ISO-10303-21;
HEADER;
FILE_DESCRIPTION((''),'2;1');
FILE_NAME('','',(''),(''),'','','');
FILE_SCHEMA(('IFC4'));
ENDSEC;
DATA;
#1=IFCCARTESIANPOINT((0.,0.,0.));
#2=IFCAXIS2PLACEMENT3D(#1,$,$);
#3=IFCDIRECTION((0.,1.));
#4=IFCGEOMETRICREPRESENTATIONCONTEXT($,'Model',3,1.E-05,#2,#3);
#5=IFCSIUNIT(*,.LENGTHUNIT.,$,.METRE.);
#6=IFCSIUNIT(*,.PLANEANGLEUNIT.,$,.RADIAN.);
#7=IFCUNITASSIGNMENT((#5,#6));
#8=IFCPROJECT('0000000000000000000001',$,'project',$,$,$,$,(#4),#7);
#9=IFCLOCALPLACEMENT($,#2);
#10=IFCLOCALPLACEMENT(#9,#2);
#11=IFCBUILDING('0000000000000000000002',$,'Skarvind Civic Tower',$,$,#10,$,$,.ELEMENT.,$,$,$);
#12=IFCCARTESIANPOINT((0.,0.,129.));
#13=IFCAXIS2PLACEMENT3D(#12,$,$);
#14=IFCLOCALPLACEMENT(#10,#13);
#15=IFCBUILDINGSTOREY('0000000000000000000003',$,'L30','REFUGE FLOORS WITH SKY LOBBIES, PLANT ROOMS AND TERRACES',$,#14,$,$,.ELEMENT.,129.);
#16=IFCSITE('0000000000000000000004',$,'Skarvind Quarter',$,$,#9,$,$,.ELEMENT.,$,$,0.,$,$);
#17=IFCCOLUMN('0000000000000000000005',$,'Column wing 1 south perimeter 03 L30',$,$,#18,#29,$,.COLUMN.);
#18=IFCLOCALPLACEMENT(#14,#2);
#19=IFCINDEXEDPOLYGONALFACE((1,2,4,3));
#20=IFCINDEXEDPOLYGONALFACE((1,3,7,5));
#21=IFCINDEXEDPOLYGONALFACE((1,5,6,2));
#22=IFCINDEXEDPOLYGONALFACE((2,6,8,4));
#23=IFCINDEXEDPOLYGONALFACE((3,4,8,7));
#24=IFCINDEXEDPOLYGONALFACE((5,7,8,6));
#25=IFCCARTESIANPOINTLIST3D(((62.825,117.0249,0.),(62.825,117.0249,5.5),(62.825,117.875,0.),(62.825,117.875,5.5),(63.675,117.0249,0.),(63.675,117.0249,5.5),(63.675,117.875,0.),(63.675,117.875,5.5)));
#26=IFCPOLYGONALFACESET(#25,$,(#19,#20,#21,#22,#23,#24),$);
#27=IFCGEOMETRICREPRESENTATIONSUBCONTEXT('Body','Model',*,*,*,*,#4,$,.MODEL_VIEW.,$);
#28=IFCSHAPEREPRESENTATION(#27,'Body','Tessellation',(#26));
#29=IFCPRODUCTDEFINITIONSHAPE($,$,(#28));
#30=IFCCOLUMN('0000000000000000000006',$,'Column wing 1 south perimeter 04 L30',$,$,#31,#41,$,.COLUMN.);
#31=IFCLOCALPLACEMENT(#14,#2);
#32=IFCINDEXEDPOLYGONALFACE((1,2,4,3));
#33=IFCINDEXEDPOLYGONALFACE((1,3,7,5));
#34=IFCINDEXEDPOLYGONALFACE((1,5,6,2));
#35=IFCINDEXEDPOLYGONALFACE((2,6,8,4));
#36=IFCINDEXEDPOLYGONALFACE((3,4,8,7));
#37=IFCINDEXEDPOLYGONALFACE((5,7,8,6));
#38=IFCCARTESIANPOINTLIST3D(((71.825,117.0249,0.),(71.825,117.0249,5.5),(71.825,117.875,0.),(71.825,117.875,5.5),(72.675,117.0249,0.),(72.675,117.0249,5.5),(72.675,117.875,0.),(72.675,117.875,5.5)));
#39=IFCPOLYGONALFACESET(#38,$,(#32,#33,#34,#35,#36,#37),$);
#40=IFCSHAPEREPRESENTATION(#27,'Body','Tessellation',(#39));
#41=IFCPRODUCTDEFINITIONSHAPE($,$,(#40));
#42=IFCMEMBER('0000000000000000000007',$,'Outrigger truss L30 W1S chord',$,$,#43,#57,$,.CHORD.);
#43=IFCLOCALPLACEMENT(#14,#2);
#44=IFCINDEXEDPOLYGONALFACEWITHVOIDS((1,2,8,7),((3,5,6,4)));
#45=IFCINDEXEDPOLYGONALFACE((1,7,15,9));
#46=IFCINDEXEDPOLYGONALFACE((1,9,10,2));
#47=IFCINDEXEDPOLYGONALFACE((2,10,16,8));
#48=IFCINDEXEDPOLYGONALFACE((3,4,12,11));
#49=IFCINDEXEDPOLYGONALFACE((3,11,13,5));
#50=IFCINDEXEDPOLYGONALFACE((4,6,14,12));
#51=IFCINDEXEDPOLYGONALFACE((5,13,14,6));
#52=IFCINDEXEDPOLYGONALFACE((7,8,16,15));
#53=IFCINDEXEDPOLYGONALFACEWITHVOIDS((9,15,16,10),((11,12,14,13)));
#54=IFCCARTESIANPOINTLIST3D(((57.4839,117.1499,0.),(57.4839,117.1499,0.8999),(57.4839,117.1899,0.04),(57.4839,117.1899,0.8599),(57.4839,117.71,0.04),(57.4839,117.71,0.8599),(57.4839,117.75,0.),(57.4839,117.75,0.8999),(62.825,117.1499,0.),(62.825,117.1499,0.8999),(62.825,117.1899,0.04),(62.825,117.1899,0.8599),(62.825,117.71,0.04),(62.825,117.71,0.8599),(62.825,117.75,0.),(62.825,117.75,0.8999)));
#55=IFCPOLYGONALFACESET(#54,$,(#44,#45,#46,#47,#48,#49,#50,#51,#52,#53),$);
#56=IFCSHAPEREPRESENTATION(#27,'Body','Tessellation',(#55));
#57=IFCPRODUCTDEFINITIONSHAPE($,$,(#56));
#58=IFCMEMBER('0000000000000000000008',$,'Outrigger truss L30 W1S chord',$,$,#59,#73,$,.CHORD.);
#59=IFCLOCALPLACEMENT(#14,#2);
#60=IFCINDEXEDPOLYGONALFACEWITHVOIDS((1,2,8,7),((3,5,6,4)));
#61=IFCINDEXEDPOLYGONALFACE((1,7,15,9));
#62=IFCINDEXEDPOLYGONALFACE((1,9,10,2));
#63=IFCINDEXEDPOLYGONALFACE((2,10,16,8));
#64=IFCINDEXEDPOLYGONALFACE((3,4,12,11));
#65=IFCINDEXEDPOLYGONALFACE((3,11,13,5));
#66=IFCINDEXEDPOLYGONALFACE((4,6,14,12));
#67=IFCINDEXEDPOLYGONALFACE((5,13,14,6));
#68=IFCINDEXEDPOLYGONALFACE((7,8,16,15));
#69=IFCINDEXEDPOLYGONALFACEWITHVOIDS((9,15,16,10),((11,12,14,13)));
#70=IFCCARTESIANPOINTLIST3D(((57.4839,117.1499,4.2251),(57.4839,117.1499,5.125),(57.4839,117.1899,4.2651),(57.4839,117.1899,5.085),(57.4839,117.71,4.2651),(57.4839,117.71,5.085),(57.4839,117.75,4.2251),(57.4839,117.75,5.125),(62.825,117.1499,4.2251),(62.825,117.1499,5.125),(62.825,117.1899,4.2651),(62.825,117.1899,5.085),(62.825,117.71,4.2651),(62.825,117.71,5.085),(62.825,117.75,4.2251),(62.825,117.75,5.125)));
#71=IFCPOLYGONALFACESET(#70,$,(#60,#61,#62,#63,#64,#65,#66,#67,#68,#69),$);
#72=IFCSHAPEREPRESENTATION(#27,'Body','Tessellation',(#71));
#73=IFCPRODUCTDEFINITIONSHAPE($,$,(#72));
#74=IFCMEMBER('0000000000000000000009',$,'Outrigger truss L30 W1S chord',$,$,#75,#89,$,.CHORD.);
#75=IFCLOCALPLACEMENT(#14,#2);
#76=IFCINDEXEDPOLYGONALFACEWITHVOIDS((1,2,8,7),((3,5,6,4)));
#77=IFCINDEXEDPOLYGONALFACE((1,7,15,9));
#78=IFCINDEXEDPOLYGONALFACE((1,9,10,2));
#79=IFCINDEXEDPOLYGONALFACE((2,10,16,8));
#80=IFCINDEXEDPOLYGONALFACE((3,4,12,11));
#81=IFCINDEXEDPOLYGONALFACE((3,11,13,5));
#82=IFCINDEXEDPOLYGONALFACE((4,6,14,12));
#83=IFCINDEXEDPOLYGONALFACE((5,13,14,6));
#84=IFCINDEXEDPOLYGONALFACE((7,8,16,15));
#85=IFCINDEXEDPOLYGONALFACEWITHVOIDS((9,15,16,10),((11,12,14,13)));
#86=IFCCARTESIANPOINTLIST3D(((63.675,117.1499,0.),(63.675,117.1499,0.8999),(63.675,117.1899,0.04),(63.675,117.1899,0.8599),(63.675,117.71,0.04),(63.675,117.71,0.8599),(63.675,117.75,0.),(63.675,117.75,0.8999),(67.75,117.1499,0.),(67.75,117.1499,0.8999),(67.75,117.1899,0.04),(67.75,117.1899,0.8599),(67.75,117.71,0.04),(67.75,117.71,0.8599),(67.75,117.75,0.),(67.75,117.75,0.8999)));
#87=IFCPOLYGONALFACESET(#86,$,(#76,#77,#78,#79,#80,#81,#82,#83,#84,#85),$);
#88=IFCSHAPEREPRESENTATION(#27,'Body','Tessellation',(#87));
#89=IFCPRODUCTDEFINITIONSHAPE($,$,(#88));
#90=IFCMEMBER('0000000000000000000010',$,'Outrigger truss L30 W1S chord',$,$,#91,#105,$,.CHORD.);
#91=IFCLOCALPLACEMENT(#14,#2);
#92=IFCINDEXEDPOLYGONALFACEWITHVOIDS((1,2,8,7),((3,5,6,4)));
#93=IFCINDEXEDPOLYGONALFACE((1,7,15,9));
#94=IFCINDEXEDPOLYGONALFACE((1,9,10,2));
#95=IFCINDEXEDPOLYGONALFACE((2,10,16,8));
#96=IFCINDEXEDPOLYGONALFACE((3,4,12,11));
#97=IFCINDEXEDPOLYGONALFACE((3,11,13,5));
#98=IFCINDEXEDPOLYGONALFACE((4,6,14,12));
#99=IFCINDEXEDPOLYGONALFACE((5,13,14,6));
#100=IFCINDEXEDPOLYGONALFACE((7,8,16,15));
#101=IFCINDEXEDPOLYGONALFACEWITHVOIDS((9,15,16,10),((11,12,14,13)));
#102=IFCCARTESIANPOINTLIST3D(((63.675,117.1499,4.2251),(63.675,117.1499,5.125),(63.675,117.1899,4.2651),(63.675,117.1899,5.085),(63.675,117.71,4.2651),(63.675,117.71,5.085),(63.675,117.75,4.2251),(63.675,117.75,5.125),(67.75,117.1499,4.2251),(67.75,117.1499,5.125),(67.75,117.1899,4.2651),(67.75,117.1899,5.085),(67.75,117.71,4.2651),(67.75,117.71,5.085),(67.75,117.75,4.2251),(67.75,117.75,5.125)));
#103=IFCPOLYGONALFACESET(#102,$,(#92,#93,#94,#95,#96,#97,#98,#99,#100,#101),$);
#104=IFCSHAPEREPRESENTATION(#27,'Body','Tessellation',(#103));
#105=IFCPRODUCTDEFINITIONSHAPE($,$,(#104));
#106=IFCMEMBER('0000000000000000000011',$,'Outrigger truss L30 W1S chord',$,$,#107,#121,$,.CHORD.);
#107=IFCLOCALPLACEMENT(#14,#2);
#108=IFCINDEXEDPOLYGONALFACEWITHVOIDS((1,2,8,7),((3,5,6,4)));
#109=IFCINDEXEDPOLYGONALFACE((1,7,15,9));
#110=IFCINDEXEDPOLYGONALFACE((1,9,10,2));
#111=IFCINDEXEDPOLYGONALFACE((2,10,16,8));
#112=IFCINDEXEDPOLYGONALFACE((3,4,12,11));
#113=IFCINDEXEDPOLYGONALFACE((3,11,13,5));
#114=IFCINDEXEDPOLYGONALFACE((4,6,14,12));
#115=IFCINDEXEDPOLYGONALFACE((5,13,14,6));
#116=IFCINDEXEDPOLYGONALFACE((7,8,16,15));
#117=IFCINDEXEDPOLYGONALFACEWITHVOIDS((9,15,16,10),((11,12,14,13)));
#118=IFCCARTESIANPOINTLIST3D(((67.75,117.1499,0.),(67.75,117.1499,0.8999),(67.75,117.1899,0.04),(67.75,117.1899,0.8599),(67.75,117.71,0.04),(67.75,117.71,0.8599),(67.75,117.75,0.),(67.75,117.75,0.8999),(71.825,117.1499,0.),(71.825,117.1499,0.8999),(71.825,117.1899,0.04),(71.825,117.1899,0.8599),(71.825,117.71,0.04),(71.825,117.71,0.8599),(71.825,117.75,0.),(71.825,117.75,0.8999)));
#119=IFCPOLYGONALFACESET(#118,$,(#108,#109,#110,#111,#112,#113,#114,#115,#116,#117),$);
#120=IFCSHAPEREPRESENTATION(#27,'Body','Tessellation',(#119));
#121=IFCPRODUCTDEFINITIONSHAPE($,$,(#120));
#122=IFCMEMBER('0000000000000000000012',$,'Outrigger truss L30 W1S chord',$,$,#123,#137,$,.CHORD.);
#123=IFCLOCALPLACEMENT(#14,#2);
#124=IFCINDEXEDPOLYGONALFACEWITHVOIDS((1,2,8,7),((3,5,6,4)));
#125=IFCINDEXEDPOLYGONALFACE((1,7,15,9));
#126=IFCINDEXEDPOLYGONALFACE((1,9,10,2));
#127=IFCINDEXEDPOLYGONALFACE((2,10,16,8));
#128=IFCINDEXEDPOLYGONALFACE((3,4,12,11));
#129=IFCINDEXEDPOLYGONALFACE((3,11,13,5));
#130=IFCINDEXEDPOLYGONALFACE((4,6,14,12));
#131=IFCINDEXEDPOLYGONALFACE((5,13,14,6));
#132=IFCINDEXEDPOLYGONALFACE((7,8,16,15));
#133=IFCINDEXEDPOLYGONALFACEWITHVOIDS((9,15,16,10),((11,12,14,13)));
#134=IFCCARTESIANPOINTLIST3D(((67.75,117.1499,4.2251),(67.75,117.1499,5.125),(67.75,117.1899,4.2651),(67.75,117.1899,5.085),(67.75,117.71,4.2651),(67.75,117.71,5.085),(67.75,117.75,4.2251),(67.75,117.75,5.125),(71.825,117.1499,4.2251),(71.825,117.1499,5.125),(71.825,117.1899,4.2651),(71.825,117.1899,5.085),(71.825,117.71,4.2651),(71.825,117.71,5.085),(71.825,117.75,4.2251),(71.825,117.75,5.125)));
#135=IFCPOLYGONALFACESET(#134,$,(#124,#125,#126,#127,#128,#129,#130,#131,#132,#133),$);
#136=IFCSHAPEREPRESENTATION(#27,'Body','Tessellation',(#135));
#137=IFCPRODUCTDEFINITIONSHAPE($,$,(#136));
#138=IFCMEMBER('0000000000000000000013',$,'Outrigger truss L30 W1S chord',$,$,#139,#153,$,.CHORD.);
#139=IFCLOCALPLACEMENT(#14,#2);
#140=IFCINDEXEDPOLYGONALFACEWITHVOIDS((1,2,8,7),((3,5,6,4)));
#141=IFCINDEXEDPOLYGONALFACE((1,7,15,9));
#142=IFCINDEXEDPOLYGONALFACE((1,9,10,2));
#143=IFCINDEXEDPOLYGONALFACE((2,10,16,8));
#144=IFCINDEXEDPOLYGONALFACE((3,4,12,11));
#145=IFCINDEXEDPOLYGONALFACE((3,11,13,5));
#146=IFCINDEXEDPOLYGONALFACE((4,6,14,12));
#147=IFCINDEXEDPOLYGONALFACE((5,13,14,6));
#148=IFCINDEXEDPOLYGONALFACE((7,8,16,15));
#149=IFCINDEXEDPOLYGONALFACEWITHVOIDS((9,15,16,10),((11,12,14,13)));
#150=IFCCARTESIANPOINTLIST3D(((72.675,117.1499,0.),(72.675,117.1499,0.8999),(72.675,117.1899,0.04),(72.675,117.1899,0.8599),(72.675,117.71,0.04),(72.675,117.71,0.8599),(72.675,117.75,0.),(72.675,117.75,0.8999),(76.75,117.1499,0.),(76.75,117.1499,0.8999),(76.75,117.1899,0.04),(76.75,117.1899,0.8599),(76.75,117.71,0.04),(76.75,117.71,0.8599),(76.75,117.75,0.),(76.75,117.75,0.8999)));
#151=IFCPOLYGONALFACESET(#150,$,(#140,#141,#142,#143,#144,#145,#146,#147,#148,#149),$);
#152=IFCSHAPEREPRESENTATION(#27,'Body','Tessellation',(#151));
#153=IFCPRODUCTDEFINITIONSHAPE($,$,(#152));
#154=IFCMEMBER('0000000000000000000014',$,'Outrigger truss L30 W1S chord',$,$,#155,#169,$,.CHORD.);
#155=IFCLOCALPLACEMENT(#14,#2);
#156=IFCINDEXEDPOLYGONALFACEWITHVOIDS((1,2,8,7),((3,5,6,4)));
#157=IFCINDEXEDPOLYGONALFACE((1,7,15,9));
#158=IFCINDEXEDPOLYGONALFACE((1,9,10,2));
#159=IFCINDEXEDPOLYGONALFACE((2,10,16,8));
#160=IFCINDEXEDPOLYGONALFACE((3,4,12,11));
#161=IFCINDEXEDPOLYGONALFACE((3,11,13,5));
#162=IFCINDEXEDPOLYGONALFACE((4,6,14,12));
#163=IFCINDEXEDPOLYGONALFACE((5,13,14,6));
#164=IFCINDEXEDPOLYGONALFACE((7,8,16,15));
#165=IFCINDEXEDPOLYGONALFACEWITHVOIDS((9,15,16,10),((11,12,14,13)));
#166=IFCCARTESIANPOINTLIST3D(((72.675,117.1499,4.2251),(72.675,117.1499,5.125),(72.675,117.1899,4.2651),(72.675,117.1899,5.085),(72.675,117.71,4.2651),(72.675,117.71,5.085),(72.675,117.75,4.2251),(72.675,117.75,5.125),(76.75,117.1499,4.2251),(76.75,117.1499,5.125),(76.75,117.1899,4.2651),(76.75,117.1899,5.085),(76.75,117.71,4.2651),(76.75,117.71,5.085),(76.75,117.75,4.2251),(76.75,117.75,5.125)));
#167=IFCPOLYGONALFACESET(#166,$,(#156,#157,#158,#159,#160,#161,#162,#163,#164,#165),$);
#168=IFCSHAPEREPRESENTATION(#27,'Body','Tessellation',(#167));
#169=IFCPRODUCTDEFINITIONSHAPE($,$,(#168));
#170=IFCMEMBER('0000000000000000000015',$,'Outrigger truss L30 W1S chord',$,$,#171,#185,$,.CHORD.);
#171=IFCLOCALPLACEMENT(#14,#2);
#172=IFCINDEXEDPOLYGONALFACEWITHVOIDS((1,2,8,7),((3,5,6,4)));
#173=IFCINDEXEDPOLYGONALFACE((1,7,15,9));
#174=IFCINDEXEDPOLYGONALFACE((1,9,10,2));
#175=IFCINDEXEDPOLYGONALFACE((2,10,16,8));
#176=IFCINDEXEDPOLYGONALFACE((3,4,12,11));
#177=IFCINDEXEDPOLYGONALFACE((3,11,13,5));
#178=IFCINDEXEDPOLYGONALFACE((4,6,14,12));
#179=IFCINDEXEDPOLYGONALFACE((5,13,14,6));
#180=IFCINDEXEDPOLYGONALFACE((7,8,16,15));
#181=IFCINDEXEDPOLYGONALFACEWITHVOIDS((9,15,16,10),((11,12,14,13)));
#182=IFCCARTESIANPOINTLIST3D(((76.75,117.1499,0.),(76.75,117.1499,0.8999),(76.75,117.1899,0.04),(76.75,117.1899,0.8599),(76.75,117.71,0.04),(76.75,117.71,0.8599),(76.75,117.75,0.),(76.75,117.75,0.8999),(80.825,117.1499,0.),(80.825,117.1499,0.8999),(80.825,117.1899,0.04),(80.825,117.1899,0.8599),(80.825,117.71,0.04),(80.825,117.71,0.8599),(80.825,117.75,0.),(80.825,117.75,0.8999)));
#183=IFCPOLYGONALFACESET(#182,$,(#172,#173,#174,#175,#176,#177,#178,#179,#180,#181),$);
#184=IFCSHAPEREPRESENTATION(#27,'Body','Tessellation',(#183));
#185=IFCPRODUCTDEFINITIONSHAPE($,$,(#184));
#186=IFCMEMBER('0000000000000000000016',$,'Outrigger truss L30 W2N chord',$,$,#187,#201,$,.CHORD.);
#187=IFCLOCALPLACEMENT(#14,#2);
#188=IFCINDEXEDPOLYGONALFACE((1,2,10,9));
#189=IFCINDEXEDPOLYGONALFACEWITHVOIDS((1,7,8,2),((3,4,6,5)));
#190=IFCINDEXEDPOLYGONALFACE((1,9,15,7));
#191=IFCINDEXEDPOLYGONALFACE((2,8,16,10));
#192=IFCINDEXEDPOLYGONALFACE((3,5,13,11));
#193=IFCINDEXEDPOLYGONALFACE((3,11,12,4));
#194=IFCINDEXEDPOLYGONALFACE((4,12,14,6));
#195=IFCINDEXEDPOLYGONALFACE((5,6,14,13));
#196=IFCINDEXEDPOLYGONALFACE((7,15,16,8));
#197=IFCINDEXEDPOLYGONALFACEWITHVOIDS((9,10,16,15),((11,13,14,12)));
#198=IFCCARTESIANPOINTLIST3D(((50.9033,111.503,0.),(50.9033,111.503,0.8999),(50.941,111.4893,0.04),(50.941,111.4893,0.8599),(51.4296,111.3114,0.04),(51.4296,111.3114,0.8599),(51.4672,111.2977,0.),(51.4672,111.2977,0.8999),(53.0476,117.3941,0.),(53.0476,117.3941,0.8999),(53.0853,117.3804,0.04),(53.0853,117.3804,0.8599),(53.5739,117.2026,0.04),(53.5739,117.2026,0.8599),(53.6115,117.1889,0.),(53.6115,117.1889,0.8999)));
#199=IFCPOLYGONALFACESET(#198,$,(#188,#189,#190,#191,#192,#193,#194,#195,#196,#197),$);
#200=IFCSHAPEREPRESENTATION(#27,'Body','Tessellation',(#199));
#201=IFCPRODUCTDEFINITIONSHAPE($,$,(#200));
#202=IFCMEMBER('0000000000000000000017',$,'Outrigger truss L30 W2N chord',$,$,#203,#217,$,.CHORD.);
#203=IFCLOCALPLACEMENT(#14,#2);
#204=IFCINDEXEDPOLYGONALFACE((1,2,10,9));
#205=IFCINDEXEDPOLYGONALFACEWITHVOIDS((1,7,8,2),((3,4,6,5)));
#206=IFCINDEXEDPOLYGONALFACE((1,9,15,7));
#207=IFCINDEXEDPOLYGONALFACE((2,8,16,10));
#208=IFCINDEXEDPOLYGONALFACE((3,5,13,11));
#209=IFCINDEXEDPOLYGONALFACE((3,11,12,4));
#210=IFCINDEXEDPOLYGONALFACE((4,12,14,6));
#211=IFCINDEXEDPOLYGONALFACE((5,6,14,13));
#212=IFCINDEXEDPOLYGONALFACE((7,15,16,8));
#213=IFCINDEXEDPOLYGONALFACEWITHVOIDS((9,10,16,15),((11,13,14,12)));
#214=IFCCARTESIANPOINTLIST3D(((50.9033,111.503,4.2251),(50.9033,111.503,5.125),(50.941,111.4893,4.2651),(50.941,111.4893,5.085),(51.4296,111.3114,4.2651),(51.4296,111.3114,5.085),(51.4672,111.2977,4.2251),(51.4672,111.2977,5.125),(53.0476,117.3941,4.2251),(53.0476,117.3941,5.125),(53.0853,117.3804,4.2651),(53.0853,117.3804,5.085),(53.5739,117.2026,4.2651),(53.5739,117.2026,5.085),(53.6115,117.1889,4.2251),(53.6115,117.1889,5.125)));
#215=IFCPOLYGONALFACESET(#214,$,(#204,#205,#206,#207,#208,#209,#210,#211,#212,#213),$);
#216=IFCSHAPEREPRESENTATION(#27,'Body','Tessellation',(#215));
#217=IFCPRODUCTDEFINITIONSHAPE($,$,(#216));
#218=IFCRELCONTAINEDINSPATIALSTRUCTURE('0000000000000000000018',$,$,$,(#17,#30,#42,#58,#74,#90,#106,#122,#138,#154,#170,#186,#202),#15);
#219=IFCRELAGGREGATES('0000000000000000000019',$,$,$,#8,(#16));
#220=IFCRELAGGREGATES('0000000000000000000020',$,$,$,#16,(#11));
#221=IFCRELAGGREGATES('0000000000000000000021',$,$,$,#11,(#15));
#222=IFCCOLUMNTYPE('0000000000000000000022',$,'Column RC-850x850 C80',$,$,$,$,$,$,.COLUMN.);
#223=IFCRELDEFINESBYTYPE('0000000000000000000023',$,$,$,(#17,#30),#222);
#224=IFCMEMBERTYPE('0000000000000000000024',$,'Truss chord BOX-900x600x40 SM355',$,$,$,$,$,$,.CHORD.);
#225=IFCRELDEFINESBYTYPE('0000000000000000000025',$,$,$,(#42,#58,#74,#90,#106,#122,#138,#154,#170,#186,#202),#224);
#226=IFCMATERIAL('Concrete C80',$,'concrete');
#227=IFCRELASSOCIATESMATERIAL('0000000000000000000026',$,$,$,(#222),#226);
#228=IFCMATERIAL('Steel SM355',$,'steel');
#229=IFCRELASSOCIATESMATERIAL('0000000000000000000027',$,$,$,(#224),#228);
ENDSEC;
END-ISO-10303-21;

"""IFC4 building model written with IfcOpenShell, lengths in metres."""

from ifc_helpers import new_model, si_unit, direction, frame, origin, origin_2d, place, context, subcontext, project, spatial, rectangle, hollow_rectangle, extrude, material, material_profile, profile_set, type_object, element, save


model = new_model("IFC4")

# Units and contexts
model_context = context("Model", 3, precision=1e-05, world=origin(), true_north=direction((0.0, 1.0)))
body_context = subcontext(model_context, "Body", "Model", "MODEL_VIEW")
ifc_project = project(units=[si_unit("LENGTHUNIT", "METRE"), si_unit("PLANEANGLEUNIT", "RADIAN")], contexts=[model_context])

# Site, building, storey
site_placement = place(None, origin())
site = spatial("IfcSite", under=ifc_project, at=site_placement, Name="Skarvind Quarter", CompositionType="ELEMENT", RefElevation=0.0)
building_placement = place(site_placement, origin())
building = spatial("IfcBuilding", under=site, at=building_placement, Name="Skarvind Civic Tower", CompositionType="ELEMENT")
storey_placement = place(building_placement, frame((0.0, 0.0, 129.0)))
storey = spatial("IfcBuildingStorey", under=building, at=storey_placement, Name="L30", Description="REFUGE FLOORS WITH SKY LOBBIES, PLANT ROOMS AND TERRACES", CompositionType="ELEMENT", Elevation=129.0)

# Columns
ifc_material_1 = material(Name="Concrete C80", Category="concrete")
ifc_material_profile_1 = material_profile(ifc_material_1, rectangle(XDim=0.8501, YDim=0.8501, at=origin_2d()), Name="RC-850x850")
ifc_profile_set_1 = profile_set([ifc_material_profile_1], Name="Concrete C80")
column_type = type_object("IfcColumnType", Name="Column RC-850x850 C80", PredefinedType="COLUMN", material=ifc_profile_set_1)
for number, where, z_axis, x_axis, name in (
    (1, (63.25, 117.45, 0.0), (0.0, 0.0, 1.0), (1.0, 0.0, 0.0), "Column wing 1 south perimeter 03 L30"),
    (2, (72.25, 117.45, 0.0), (0.0, 0.0, 1.0), (1.0, 0.0, 0.0), "Column wing 1 south perimeter 04 L30"),
):
    element("IfcColumn", number, at=place(storey_placement, frame(where, z_axis=z_axis, x_axis=x_axis)), inside=storey, type_object=column_type, Name=name, PredefinedType="COLUMN", context=body_context, shape_type="SweptSolid", body=[
        extrude(rectangle(XDim=0.8501, YDim=0.8501, at=origin_2d()), origin(), (0.0, 0.0, 1.0), 5.5),
    ])

# Members
ifc_material_2 = material(Name="Steel SM355", Category="steel")
ifc_material_profile_2 = material_profile(ifc_material_2, hollow_rectangle(XDim=0.6001, YDim=0.8999, WallThickness=0.04, at=origin_2d()), Name="BOX-900x600x40")
ifc_profile_set_2 = profile_set([ifc_material_profile_2], Name="Steel SM355")
member_type_1 = type_object("IfcMemberType", Name="Truss chord BOX-900x600x40 SM355", PredefinedType="CHORD", material=ifc_profile_set_2)
for number, where, z_axis, x_axis, name in (
    (3, (57.4839, 117.45, 0.45), (1.0, 0.0, 0.0), (0.0, 1.0, 0.0), "Outrigger truss L30 W1S chord"),
    (4, (57.4839, 117.45, 4.675), (1.0, 0.0, 0.0), (0.0, 1.0, 0.0), "Outrigger truss L30 W1S chord"),
):
    element("IfcMember", number, at=place(storey_placement, frame(where, z_axis=z_axis, x_axis=x_axis)), inside=storey, type_object=member_type_1, Name=name, PredefinedType="CHORD", context=body_context, shape_type="SweptSolid", body=[
        extrude(hollow_rectangle(XDim=0.6001, YDim=0.8999, WallThickness=0.04, at=origin_2d()), origin(), (0.0, 0.0, 1.0), 5.3411),
    ])
for number, where, z_axis, x_axis, name in (
    (5, (63.675, 117.45, 0.45), (1.0, 0.0, 0.0), (0.0, 1.0, 0.0), "Outrigger truss L30 W1S chord"),
    (6, (63.675, 117.45, 4.675), (1.0, 0.0, 0.0), (0.0, 1.0, 0.0), "Outrigger truss L30 W1S chord"),
    (7, (67.75, 117.45, 0.45), (1.0, 0.0, 0.0), (0.0, 1.0, 0.0), "Outrigger truss L30 W1S chord"),
    (8, (67.75, 117.45, 4.675), (1.0, 0.0, 0.0), (0.0, 1.0, 0.0), "Outrigger truss L30 W1S chord"),
    (9, (72.675, 117.45, 0.45), (1.0, 0.0, 0.0), (0.0, 1.0, 0.0), "Outrigger truss L30 W1S chord"),
    (10, (72.675, 117.45, 4.675), (1.0, 0.0, 0.0), (0.0, 1.0, 0.0), "Outrigger truss L30 W1S chord"),
    (11, (76.75, 117.45, 0.45), (1.0, 0.0, 0.0), (0.0, 1.0, 0.0), "Outrigger truss L30 W1S chord"),
):
    element("IfcMember", number, at=place(storey_placement, frame(where, z_axis=z_axis, x_axis=x_axis)), inside=storey, type_object=member_type_1, Name=name, PredefinedType="CHORD", context=body_context, shape_type="SweptSolid", body=[
        extrude(hollow_rectangle(XDim=0.6001, YDim=0.8999, WallThickness=0.04, at=origin_2d()), origin(), (0.0, 0.0, 1.0), 4.075),
    ])
for number, where, z_axis, x_axis, name in (
    (12, (53.3296, 117.2915, 0.45), (-0.342034, -0.939688, 0.0), (0.939688, -0.342034, 0.0), "Outrigger truss L30 W2N chord"),
    (13, (53.3296, 117.2915, 4.675), (-0.342034, -0.939688, 0.0), (0.939688, -0.342034, 0.0), "Outrigger truss L30 W2N chord"),
):
    element("IfcMember", number, at=place(storey_placement, frame(where, z_axis=z_axis, x_axis=x_axis)), inside=storey, type_object=member_type_1, Name=name, PredefinedType="CHORD", context=body_context, shape_type="SweptSolid", body=[
        extrude(hollow_rectangle(XDim=0.6001, YDim=0.8999, WallThickness=0.04, at=origin_2d()), origin(), (0.0, 0.0, 1.0), 6.2693),
    ])

save(model, "model.ifc")
